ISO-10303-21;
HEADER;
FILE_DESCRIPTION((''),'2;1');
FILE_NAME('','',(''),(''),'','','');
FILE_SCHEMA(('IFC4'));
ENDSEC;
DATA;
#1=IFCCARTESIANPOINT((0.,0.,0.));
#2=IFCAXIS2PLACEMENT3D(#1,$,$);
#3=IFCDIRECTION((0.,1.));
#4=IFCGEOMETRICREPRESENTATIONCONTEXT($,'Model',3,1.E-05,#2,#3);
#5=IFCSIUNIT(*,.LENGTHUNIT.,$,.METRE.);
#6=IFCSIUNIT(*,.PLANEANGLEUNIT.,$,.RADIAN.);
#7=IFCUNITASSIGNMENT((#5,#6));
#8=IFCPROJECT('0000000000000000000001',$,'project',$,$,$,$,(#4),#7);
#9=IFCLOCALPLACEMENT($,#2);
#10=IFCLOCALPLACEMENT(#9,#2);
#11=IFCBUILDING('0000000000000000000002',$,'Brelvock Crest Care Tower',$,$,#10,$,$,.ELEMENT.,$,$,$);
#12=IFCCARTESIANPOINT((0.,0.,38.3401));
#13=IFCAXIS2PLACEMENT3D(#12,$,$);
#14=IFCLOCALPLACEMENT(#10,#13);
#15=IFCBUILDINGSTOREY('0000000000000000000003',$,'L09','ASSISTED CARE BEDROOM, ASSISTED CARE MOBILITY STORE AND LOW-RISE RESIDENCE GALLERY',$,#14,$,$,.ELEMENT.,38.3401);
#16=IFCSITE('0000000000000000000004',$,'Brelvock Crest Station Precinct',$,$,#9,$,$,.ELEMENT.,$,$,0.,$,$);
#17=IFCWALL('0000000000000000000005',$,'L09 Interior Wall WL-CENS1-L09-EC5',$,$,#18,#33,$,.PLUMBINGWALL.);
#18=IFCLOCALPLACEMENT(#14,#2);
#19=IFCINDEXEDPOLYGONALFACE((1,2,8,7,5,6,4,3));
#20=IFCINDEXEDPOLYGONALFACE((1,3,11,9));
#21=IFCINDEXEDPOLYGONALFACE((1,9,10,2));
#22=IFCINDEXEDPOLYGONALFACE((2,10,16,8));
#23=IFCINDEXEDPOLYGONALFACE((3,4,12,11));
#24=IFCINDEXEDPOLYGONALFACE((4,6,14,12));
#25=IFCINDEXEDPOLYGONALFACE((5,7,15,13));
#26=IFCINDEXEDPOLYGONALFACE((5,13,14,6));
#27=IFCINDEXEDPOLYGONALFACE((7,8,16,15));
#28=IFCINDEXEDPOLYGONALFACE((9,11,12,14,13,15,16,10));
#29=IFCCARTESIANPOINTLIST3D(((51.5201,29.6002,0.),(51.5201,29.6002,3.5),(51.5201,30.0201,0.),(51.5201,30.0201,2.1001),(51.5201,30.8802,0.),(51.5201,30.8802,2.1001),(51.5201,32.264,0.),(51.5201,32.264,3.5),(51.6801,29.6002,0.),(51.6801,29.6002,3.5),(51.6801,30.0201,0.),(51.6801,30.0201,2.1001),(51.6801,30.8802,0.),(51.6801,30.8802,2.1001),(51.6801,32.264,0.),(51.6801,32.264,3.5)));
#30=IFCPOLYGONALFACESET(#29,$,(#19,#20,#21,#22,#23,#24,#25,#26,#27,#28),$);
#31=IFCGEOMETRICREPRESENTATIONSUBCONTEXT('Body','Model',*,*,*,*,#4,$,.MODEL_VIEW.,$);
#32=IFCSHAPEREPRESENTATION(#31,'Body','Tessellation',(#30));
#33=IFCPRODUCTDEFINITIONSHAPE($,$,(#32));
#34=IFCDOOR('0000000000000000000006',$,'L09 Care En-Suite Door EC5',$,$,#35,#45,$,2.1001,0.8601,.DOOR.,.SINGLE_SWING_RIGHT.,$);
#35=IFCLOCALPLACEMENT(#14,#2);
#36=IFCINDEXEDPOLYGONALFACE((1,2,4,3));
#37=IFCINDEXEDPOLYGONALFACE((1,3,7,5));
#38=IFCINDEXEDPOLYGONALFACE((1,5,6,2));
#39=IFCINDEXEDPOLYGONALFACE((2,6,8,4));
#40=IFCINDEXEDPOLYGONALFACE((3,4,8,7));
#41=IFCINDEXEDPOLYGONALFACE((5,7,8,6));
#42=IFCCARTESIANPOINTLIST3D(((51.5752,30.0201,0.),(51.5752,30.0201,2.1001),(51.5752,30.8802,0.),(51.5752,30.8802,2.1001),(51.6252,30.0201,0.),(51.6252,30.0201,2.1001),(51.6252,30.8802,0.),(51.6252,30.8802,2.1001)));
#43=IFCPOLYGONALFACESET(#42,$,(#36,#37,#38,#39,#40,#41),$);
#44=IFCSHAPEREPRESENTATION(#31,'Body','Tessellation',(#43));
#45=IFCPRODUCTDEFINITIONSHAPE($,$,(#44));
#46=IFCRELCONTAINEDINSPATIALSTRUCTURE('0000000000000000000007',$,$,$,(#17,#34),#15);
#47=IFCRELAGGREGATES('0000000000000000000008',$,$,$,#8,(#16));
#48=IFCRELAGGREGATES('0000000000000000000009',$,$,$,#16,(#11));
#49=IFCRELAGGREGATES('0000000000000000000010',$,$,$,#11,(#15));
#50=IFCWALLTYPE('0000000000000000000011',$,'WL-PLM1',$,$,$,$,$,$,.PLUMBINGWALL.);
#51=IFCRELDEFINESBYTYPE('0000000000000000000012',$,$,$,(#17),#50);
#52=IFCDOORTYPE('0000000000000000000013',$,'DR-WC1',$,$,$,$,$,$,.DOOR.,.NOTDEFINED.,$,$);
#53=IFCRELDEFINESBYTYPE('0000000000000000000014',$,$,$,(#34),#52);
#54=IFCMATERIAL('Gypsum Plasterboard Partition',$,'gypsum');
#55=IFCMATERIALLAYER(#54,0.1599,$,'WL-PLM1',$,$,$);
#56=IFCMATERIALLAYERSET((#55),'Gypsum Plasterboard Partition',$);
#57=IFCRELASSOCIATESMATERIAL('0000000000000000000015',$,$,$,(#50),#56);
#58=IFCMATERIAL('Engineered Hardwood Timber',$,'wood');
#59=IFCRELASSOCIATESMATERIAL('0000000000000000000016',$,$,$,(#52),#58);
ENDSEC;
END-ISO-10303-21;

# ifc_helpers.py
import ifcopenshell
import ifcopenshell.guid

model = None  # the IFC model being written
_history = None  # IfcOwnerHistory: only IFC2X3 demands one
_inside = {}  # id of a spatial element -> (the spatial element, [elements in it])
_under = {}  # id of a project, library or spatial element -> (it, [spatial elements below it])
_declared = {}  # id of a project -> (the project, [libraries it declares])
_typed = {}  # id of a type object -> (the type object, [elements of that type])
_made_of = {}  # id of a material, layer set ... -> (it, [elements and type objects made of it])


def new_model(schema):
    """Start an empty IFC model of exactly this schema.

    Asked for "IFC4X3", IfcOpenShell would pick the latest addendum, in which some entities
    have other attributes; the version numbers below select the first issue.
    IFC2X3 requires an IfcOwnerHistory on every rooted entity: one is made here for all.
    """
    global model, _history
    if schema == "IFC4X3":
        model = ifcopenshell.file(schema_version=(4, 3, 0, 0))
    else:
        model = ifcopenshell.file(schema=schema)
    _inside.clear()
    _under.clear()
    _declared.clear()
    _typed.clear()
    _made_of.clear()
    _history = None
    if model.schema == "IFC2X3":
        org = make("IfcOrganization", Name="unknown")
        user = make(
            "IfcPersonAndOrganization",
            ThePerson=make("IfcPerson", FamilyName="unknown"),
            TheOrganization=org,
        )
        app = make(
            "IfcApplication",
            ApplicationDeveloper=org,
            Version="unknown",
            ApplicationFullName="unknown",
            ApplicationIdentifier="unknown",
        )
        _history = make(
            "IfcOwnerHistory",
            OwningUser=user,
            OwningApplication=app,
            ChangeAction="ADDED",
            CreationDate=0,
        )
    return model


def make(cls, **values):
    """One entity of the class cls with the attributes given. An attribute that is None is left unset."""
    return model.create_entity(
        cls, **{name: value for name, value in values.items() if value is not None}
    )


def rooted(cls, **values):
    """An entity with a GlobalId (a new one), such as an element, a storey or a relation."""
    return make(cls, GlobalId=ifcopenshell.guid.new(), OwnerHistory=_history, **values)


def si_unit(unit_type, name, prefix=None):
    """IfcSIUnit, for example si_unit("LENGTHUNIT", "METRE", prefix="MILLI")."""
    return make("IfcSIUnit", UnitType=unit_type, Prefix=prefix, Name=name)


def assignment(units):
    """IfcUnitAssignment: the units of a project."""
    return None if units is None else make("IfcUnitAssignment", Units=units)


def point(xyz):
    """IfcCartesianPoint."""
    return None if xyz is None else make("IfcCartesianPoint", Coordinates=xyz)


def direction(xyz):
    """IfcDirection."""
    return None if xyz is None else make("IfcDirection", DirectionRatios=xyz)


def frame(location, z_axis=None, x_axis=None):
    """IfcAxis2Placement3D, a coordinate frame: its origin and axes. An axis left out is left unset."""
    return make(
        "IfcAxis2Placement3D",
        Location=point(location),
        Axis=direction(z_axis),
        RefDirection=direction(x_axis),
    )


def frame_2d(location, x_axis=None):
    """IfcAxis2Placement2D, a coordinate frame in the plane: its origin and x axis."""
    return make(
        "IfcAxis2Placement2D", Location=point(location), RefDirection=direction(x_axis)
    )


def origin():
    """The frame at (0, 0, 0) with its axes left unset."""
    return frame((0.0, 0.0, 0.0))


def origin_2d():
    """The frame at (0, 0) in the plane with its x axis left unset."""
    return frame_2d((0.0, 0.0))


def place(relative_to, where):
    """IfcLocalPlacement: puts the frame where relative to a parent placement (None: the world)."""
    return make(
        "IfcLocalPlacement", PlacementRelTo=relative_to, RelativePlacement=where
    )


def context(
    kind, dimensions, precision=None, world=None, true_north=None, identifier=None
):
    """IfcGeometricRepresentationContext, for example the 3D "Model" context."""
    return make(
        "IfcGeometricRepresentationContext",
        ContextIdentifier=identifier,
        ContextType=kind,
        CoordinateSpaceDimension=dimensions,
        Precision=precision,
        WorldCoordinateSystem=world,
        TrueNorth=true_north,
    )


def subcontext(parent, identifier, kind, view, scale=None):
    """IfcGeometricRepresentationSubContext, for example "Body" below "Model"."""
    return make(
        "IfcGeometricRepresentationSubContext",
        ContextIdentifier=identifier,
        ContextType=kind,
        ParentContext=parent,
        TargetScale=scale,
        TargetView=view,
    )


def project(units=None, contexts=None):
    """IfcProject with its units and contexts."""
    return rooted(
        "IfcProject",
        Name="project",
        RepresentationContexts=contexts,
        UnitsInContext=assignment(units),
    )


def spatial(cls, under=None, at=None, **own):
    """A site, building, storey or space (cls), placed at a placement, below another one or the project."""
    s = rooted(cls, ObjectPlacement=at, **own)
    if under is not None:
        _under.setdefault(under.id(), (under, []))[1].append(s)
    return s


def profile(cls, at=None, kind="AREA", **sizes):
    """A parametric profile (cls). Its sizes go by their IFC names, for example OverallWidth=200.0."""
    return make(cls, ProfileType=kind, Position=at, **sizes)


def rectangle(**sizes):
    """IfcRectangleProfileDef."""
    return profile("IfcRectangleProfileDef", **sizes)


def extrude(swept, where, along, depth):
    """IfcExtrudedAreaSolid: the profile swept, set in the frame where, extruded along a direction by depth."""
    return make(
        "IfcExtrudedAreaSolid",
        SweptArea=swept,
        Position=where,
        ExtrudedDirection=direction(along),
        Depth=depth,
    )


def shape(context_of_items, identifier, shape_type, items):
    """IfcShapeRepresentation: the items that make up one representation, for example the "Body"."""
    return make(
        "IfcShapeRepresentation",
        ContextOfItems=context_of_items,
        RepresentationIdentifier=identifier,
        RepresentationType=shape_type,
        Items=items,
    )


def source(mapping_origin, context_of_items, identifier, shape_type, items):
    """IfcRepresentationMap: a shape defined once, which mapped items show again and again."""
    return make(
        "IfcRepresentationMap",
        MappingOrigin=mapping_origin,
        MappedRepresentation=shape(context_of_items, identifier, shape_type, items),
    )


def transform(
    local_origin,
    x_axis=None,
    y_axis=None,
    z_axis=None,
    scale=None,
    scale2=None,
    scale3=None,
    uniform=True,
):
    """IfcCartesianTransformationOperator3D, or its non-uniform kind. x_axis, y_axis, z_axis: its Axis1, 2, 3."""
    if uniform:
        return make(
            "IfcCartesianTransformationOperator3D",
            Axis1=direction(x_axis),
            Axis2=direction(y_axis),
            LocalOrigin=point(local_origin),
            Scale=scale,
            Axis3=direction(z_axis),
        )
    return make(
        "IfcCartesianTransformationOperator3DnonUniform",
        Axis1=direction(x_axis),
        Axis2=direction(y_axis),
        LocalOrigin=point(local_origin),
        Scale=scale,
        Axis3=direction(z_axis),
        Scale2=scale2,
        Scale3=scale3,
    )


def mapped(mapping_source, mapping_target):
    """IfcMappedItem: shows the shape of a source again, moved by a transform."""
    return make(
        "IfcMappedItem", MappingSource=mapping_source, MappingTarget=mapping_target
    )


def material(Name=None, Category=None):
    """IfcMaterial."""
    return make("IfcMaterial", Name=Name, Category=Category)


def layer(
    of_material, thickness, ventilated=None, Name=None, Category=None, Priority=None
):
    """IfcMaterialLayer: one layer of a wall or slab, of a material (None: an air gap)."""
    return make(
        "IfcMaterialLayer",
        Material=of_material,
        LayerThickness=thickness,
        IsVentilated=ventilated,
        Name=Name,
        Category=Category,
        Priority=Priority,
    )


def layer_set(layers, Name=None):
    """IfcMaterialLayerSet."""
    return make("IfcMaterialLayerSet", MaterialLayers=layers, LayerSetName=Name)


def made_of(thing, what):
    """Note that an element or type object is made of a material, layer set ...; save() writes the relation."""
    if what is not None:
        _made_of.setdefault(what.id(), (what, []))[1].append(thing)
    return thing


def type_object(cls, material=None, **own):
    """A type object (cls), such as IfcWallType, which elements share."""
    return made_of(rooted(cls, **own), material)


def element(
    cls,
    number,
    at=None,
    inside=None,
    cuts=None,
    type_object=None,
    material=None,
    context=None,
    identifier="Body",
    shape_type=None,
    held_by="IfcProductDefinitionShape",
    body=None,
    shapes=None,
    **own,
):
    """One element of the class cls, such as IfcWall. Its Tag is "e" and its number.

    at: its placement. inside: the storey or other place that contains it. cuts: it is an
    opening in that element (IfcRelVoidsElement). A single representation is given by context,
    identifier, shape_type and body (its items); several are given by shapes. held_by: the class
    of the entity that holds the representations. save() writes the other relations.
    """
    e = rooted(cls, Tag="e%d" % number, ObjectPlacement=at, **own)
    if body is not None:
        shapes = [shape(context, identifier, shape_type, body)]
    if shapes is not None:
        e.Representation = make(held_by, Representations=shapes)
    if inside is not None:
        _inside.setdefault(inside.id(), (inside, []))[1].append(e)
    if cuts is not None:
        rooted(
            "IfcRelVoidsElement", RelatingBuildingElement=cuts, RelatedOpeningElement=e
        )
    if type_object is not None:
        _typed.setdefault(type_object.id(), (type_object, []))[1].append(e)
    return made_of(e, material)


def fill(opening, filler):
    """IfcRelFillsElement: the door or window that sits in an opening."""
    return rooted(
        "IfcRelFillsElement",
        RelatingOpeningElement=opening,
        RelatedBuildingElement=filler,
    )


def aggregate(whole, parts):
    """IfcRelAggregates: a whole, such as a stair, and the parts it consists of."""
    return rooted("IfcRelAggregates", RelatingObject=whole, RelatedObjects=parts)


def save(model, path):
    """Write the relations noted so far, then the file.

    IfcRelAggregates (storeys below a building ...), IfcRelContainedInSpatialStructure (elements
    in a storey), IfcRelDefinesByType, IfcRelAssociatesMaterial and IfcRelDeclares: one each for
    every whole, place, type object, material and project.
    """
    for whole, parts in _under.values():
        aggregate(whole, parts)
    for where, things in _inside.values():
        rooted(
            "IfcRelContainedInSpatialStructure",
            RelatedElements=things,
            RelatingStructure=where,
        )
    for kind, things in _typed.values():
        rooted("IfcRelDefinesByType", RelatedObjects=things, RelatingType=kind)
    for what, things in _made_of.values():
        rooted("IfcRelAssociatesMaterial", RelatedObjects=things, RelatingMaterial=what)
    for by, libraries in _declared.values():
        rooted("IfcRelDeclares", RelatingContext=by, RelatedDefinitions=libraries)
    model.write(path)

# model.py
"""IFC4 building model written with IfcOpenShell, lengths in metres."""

from ifc_helpers import new_model, si_unit, direction, frame, frame_2d, origin, origin_2d, place, context, subcontext, project, spatial, rectangle, extrude, source, transform, mapped, material, layer, layer_set, type_object, element, fill, save


model = new_model("IFC4")

# Units and contexts
model_context = context("Model", 3, precision=1e-05, world=origin(), true_north=direction((0.0, 1.0)))
body_context = subcontext(model_context, "Body", "Model", "MODEL_VIEW")
ifc_project = project(units=[si_unit("LENGTHUNIT", "METRE"), si_unit("PLANEANGLEUNIT", "RADIAN")], contexts=[model_context])

# Site, building, storey
site_placement = place(None, origin())
site = spatial("IfcSite", under=ifc_project, at=site_placement, Name="Brelvock Crest Station Precinct", CompositionType="ELEMENT", RefElevation=0.0)
building_placement = place(site_placement, origin())
building = spatial("IfcBuilding", under=site, at=building_placement, Name="Brelvock Crest Care Tower", CompositionType="ELEMENT")
storey_placement = place(building_placement, frame((0.0, 0.0, 38.3401)))
storey = spatial("IfcBuildingStorey", under=building, at=storey_placement, Name="L09", Description="ASSISTED CARE BEDROOM, ASSISTED CARE MOBILITY STORE AND LOW-RISE RESIDENCE GALLERY", CompositionType="ELEMENT", Elevation=38.3401)

# Shared definitions
ifc_material_1 = material(Name="Engineered Hardwood Timber", Category="wood")

# Shared definitions
ifc_material_2 = material(Name="Gypsum Plasterboard Partition", Category="gypsum")
ifc_layer_1 = layer(ifc_material_2, 0.1599, Name="WL-PLM1")
ifc_layer_set_1 = layer_set([ifc_layer_1], Name="Gypsum Plasterboard Partition")
wall_type_1 = type_object("IfcWallType", Name="WL-PLM1", PredefinedType="PLUMBINGWALL", material=ifc_layer_set_1)

# Wall, opening, door
door_type_1 = type_object("IfcDoorType", Name="DR-WC1", OperationType="NOTDEFINED", PredefinedType="DOOR", material=ifc_material_1)
shared_shape_1 = source(origin(), body_context, "Body", "SweptSolid", [
    extrude(rectangle(XDim=0.8601, YDim=2.1001, at=origin_2d()), frame((0.4302, 0.0249, 1.05), z_axis=(0.0, -1.0, 0.0), x_axis=(1.0, 0.0, 0.0)), (0.0, 0.0, 1.0), 0.05),
])
wall_1_placement = place(storey_placement, frame((51.6001, 29.6001, 0.0), z_axis=(0.0, 0.0, 1.0), x_axis=(0.0, 1.0, 0.0)))
wall_1 = element("IfcWall", 1, at=wall_1_placement, inside=storey, type_object=wall_type_1, Name="L09 Interior Wall WL-CENS1-L09-EC5", PredefinedType="PLUMBINGWALL", context=body_context, shape_type="SweptSolid", body=[
    extrude(rectangle(XDim=2.6638, YDim=0.1599, at=frame_2d((1.332, 0.0))), origin(), (0.0, 0.0, 1.0), 3.5),
])
opening_1_placement = place(wall_1_placement, frame((0.4199, 0.0, 0.0)))
opening_1 = element("IfcOpeningElement", 2, at=opening_1_placement, cuts=wall_1, PredefinedType="OPENING", context=body_context, shape_type="SweptSolid", body=[
    extrude(rectangle(XDim=0.8601, YDim=2.1001, at=origin_2d()), frame((0.4302, 0.0898, 1.05), z_axis=(0.0, -1.0, 0.0), x_axis=(1.0, 0.0, 0.0)), (0.0, 0.0, 1.0), 0.1799),
])
door_1_placement = place(opening_1_placement, origin())
door_1 = element("IfcDoor", 3, at=door_1_placement, inside=storey, type_object=door_type_1, Name="L09 Care En-Suite Door EC5", OperationType="SINGLE_SWING_RIGHT", OverallHeight=2.1001, OverallWidth=0.8601, PredefinedType="DOOR", context=body_context, shape_type="MappedRepresentation", body=[
    mapped(shared_shape_1, transform((0.0, 0.0, 0.0), x_axis=(1.0, 0.0, 0.0), y_axis=(0.0, 1.0, 0.0), z_axis=(0.0, 0.0, 1.0), scale=1.0)),
])
fill(opening_1, door_1)

save(model, "model.ifc")
